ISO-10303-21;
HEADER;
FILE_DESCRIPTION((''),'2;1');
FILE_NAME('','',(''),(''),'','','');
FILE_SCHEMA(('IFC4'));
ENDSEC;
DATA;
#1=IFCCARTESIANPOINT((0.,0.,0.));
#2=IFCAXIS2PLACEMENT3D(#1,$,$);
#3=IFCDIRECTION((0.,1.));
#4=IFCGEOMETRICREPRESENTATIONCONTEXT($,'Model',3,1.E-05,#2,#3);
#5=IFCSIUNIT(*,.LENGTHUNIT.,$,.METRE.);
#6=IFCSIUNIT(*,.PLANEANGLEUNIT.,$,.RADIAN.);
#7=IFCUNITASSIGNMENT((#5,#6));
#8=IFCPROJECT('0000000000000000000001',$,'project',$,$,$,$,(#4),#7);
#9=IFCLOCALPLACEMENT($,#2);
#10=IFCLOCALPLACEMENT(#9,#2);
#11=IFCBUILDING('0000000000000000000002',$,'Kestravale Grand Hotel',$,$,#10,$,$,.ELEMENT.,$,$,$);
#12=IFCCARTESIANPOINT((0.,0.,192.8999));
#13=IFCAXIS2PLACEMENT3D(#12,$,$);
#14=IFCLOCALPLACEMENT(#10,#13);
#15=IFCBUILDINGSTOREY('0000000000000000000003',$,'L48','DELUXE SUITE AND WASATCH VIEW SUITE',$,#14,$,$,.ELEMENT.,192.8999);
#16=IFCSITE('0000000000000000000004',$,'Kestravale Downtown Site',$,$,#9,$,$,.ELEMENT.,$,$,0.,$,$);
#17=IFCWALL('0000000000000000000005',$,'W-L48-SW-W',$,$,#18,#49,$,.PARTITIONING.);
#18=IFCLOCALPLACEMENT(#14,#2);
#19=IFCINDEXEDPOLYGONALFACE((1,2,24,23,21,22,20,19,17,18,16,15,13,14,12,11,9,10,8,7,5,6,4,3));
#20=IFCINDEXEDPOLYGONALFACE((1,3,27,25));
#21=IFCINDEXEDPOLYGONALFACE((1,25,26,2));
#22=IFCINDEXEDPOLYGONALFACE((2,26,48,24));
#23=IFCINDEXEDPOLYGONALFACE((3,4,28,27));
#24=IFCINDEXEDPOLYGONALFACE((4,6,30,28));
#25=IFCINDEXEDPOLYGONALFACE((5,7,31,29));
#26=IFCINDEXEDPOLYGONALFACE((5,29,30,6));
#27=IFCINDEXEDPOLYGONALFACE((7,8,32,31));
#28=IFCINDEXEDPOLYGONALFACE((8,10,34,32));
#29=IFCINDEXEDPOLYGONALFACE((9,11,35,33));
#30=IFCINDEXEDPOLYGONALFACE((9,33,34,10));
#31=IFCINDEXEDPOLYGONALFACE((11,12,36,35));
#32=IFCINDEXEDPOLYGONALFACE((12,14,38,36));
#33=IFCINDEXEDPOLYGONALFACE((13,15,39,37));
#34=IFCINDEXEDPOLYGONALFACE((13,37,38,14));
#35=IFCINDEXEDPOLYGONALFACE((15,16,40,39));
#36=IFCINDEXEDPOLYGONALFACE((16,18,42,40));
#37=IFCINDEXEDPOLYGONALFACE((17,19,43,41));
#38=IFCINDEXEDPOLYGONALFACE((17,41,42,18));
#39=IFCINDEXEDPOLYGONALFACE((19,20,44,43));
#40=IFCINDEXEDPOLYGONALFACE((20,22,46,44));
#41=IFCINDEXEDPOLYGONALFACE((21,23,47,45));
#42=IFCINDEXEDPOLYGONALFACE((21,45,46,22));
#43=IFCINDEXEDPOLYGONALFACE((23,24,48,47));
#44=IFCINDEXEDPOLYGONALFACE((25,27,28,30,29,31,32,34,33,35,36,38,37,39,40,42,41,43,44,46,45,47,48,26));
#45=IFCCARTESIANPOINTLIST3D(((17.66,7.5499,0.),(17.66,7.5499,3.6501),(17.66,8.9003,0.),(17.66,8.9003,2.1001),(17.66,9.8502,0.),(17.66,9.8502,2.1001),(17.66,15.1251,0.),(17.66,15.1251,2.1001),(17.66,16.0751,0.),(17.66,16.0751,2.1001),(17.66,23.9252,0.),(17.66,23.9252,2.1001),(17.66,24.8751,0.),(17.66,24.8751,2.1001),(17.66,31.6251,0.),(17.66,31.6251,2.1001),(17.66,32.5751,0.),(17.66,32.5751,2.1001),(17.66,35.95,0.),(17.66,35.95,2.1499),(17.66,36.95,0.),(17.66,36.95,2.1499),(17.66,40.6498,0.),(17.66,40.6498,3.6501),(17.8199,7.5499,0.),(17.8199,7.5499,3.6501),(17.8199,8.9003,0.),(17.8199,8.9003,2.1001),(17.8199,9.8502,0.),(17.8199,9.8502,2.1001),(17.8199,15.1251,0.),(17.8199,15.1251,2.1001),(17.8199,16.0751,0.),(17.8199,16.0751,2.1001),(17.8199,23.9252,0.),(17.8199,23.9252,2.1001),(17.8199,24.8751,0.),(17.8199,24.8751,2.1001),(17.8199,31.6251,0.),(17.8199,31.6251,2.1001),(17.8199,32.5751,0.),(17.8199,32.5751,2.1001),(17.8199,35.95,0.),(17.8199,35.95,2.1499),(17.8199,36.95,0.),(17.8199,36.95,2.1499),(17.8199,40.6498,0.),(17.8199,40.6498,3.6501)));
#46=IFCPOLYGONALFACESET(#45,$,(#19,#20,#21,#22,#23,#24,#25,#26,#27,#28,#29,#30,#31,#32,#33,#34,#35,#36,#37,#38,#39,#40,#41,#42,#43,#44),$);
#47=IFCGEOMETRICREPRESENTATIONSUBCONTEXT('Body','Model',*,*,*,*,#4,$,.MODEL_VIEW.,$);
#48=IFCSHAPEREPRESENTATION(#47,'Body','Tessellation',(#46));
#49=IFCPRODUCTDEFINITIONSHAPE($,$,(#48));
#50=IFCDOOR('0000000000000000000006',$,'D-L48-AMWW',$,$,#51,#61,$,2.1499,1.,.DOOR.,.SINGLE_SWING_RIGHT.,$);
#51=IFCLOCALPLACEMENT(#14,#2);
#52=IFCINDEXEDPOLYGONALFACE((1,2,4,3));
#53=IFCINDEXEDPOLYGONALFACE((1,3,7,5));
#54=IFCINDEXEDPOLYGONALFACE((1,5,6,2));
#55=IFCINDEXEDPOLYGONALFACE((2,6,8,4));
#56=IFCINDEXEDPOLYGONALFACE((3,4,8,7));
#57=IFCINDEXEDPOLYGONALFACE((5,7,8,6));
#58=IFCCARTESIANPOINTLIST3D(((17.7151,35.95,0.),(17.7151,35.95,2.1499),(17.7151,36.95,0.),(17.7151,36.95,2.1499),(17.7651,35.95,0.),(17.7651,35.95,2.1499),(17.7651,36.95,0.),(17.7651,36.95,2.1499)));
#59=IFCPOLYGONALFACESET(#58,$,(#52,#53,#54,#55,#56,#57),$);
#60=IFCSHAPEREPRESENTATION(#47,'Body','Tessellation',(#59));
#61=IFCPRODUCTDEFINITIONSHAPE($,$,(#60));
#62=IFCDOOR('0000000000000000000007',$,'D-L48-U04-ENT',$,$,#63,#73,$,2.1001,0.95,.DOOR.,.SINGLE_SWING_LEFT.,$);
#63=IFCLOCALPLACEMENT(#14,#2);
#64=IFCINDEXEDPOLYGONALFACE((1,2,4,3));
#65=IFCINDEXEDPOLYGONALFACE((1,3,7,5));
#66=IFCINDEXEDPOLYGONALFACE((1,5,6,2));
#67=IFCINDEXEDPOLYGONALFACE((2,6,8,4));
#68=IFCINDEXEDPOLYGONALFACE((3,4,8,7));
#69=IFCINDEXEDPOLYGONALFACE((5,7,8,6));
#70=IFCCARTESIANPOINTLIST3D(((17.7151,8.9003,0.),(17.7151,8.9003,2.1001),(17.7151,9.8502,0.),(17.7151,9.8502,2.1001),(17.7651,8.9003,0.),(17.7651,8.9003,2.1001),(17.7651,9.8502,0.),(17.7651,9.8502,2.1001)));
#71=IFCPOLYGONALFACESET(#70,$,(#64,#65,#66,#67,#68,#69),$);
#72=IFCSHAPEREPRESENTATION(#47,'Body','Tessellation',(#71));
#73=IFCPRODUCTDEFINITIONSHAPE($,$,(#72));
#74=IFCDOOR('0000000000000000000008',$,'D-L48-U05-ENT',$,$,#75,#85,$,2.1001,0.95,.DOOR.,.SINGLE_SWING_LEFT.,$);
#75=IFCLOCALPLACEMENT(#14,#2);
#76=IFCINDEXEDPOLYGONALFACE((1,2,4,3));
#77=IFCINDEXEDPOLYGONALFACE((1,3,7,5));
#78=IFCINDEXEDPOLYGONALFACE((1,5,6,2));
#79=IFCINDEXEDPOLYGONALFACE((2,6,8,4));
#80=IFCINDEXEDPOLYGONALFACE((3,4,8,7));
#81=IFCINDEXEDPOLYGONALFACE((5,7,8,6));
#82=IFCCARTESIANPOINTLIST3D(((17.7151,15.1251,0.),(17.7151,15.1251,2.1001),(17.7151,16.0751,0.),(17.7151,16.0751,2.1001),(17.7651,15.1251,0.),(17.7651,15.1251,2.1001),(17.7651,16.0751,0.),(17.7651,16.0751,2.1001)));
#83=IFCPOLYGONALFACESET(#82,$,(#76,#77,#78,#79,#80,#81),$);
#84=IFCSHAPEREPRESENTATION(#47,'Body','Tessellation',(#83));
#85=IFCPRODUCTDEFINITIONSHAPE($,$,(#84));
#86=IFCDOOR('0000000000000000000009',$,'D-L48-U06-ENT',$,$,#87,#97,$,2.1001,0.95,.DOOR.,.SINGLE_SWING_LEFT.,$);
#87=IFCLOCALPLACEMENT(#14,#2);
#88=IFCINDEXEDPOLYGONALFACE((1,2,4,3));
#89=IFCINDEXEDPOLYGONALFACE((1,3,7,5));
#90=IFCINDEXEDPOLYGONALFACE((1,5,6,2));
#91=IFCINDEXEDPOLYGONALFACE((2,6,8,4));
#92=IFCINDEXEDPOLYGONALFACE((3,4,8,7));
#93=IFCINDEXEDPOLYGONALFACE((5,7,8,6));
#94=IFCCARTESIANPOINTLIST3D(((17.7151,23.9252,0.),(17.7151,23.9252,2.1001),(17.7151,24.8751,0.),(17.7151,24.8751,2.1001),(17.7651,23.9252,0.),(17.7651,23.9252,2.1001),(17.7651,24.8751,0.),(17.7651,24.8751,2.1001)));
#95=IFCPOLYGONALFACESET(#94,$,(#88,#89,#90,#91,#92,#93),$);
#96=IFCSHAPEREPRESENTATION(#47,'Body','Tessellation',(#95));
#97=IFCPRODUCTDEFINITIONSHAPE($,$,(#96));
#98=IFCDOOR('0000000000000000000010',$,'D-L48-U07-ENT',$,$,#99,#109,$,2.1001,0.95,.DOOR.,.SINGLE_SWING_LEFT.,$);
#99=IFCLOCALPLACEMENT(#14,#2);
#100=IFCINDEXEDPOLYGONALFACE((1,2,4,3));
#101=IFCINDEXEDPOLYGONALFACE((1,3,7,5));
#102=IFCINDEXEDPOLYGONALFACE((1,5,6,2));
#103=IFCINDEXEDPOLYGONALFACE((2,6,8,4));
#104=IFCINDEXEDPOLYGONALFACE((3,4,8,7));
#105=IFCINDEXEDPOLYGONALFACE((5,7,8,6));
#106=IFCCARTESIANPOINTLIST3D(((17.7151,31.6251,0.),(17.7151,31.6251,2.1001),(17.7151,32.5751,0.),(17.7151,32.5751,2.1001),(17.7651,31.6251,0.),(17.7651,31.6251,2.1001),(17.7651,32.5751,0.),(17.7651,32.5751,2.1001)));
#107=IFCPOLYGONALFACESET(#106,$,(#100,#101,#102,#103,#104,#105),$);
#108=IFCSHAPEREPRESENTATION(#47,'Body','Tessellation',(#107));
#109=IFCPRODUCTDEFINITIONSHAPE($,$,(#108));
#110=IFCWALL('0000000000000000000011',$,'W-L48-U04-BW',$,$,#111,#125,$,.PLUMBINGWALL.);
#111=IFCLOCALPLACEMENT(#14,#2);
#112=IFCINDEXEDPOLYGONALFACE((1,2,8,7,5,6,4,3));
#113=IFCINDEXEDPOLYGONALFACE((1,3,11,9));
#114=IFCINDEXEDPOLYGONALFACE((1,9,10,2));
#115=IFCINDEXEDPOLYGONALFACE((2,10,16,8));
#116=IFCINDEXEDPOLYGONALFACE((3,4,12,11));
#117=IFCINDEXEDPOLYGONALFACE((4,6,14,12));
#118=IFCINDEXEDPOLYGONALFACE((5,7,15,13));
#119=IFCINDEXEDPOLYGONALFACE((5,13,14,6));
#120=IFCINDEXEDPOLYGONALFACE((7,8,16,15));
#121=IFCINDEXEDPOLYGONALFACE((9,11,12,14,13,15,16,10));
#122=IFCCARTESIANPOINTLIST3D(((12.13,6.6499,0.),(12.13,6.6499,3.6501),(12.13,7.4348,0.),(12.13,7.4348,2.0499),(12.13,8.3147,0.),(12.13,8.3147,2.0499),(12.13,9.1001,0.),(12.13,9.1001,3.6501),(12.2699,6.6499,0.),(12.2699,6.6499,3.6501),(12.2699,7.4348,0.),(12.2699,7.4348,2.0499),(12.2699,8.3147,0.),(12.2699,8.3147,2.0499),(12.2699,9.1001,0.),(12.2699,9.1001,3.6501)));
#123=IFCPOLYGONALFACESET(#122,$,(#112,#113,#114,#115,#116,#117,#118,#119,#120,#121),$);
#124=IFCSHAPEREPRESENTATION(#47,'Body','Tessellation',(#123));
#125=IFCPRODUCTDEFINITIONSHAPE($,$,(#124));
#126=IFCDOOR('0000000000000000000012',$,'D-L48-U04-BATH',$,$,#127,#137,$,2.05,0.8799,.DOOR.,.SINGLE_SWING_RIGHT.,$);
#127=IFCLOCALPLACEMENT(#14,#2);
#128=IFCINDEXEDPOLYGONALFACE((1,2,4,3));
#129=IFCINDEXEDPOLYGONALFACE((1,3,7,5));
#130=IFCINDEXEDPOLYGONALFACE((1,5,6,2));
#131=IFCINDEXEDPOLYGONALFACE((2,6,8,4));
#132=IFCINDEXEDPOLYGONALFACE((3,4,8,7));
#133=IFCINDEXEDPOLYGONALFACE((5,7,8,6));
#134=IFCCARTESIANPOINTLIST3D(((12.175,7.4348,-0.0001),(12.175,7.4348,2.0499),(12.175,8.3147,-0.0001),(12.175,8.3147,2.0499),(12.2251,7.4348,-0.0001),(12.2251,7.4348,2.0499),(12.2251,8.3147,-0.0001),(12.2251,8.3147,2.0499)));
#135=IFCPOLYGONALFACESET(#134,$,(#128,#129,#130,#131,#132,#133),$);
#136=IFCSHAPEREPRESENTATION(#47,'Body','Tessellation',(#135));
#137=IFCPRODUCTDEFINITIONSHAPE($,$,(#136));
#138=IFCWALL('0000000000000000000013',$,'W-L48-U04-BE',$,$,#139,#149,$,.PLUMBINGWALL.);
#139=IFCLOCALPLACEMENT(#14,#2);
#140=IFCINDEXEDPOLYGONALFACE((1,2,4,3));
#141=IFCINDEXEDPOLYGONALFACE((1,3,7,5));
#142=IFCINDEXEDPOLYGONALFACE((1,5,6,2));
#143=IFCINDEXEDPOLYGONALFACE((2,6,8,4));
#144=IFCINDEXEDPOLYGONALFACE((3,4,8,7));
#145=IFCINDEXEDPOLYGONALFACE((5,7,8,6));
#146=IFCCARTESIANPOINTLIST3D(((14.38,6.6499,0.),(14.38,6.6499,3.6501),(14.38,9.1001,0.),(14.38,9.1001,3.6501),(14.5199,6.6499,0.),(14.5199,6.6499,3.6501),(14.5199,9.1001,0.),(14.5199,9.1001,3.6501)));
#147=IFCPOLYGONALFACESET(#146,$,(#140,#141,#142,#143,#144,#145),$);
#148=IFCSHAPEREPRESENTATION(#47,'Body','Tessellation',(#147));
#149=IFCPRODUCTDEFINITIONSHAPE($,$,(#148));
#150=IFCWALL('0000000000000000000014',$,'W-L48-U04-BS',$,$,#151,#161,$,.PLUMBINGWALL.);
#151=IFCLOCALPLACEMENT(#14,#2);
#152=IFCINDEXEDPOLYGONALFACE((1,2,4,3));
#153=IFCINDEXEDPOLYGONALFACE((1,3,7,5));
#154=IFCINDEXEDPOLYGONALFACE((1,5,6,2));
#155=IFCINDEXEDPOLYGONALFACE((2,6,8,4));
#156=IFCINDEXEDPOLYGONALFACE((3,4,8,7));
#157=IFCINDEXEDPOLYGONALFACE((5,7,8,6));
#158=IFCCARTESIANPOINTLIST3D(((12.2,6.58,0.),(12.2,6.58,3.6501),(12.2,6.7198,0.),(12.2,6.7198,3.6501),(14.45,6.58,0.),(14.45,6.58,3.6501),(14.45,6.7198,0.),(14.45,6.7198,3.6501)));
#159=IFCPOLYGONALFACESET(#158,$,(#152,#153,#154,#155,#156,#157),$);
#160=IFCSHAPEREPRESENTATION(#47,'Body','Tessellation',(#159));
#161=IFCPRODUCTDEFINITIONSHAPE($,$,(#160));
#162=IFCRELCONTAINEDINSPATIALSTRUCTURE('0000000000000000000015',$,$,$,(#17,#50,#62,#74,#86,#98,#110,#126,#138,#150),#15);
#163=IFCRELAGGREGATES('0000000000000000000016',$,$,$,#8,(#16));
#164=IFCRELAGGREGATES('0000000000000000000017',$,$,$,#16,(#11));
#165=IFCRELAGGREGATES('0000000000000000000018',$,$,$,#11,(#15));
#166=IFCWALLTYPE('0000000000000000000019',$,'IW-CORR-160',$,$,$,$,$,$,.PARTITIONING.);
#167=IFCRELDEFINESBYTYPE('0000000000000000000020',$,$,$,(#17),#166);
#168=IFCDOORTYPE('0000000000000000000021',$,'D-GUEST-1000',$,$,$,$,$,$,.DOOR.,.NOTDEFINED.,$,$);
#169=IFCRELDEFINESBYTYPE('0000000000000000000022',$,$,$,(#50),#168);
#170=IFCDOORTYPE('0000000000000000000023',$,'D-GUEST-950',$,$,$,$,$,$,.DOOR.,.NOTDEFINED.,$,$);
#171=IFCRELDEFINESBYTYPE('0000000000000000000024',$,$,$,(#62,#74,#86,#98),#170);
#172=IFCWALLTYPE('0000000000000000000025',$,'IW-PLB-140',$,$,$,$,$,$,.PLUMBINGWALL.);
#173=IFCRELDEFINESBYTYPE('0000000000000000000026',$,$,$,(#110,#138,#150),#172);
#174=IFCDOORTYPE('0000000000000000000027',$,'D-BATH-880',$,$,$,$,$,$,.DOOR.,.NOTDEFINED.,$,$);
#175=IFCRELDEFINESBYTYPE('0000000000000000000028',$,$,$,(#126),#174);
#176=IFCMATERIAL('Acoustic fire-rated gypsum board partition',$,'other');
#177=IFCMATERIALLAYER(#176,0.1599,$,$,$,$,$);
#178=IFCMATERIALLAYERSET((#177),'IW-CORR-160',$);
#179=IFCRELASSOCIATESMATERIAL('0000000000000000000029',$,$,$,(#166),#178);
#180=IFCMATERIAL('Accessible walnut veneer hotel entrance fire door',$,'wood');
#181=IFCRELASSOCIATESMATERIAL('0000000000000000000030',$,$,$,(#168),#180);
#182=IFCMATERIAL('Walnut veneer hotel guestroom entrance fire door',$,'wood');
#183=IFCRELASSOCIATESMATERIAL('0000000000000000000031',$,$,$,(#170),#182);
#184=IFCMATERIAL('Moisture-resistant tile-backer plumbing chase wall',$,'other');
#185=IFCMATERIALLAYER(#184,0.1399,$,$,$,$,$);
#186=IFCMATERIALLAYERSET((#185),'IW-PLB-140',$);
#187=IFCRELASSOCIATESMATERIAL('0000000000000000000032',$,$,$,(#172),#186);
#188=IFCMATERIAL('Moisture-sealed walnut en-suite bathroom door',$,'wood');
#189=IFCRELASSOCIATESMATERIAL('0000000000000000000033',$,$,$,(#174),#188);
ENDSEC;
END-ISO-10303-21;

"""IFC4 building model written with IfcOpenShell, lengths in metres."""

from ifc_helpers import new_model, si_unit, direction, frame, frame_2d, origin, place, context, subcontext, project, spatial, rectangle, extrude, material, layer, layer_set, type_object, element, fill, save


model = new_model("IFC4")

# Units and contexts
model_context = context("Model", 3, precision=1e-05, world=origin(), true_north=direction((0.0, 1.0)))
body_context = subcontext(model_context, "Body", "Model", "MODEL_VIEW")
ifc_project = project(units=[si_unit("LENGTHUNIT", "METRE"), si_unit("PLANEANGLEUNIT", "RADIAN")], contexts=[model_context])

# Site, building, storey
site_placement = place(None, origin())
site = spatial("IfcSite", under=ifc_project, at=site_placement, Name="Kestravale Downtown Site", CompositionType="ELEMENT", RefElevation=0.0)
building_placement = place(site_placement, origin())
building = spatial("IfcBuilding", under=site, at=building_placement, Name="Kestravale Grand Hotel", CompositionType="ELEMENT")
storey_placement = place(building_placement, frame((0.0, 0.0, 192.8999)))
storey = spatial("IfcBuildingStorey", under=building, at=storey_placement, Name="L48", Description="DELUXE SUITE AND WASATCH VIEW SUITE", CompositionType="ELEMENT", Elevation=192.8999)

# Wall, openings, doors
ifc_material_1 = material(Name="Acoustic fire-rated gypsum board partition", Category="other")
ifc_layer_1 = layer(ifc_material_1, 0.1599)
ifc_layer_set_1 = layer_set([ifc_layer_1], Name="IW-CORR-160")
wall_type_1 = type_object("IfcWallType", Name="IW-CORR-160", PredefinedType="PARTITIONING", material=ifc_layer_set_1)
wall_1_placement = place(storey_placement, frame((17.74, 7.55, 0.0), z_axis=(0.0, 0.0, 1.0), x_axis=(0.0, 1.0, 0.0)))
wall_1 = element("IfcWall", 1, at=wall_1_placement, inside=storey, type_object=wall_type_1, Name="W-L48-SW-W", PredefinedType="PARTITIONING", context=body_context, shape_type="SweptSolid", body=[
    extrude(rectangle(XDim=33.0999, YDim=0.1599, at=frame_2d((16.5498, 0.0))), origin(), (0.0, 0.0, 1.0), 3.6501),
])
opening_1_placement = place(wall_1_placement, frame((1.3501, 0.0, 0.0)))
opening_1 = element("IfcOpeningElement", 2, at=opening_1_placement, cuts=wall_1, PredefinedType="OPENING", context=body_context, shape_type="SweptSolid", body=[
    extrude(rectangle(XDim=0.95, YDim=2.1001, at=frame_2d((0.4751, 1.05))), frame((0.0, 0.0898, 0.0), z_axis=(0.0, -1.0, 0.0), x_axis=(1.0, 0.0, 0.0)), (0.0, 0.0, 1.0), 0.1799),
])
opening_2_placement = place(wall_1_placement, frame((7.575, 0.0, 0.0)))
opening_2 = element("IfcOpeningElement", 3, at=opening_2_placement, cuts=wall_1, PredefinedType="OPENING", context=body_context, shape_type="SweptSolid", body=[
    extrude(rectangle(XDim=0.95, YDim=2.1001, at=frame_2d((0.4751, 1.05))), frame((0.0, 0.0898, 0.0), z_axis=(0.0, -1.0, 0.0), x_axis=(1.0, 0.0, 0.0)), (0.0, 0.0, 1.0), 0.1799),
])
opening_3_placement = place(wall_1_placement, frame((16.375, 0.0, 0.0)))
opening_3 = element("IfcOpeningElement", 4, at=opening_3_placement, cuts=wall_1, PredefinedType="OPENING", context=body_context, shape_type="SweptSolid", body=[
    extrude(rectangle(XDim=0.95, YDim=2.1001, at=frame_2d((0.4751, 1.05))), frame((0.0, 0.0898, 0.0), z_axis=(0.0, -1.0, 0.0), x_axis=(1.0, 0.0, 0.0)), (0.0, 0.0, 1.0), 0.1799),
])
opening_4_placement = place(wall_1_placement, frame((24.075, 0.0, 0.0)))
opening_4 = element("IfcOpeningElement", 5, at=opening_4_placement, cuts=wall_1, PredefinedType="OPENING", context=body_context, shape_type="SweptSolid", body=[
    extrude(rectangle(XDim=0.95, YDim=2.1001, at=frame_2d((0.4751, 1.05))), frame((0.0, 0.0898, 0.0), z_axis=(0.0, -1.0, 0.0), x_axis=(1.0, 0.0, 0.0)), (0.0, 0.0, 1.0), 0.1799),
])
opening_5_placement = place(wall_1_placement, frame((28.3999, 0.0, 0.0)))
opening_5 = element("IfcOpeningElement", 6, at=opening_5_placement, cuts=wall_1, PredefinedType="OPENING", context=body_context, shape_type="SweptSolid", body=[
    extrude(rectangle(XDim=1.0, YDim=2.1499, at=frame_2d((0.5, 1.075))), frame((0.0, 0.0898, 0.0), z_axis=(0.0, -1.0, 0.0), x_axis=(1.0, 0.0, 0.0)), (0.0, 0.0, 1.0), 0.1799),
])
ifc_material_2 = material(Name="Accessible walnut veneer hotel entrance fire door", Category="wood")
door_type_1 = type_object("IfcDoorType", Name="D-GUEST-1000", OperationType="NOTDEFINED", PredefinedType="DOOR", material=ifc_material_2)
door_1_placement = place(opening_5_placement, origin())
door_1 = element("IfcDoor", 7, at=door_1_placement, inside=storey, type_object=door_type_1, Name="D-L48-AMWW", OperationType="SINGLE_SWING_RIGHT", OverallHeight=2.1499, OverallWidth=1.0, PredefinedType="DOOR", context=body_context, shape_type="SweptSolid", body=[
    extrude(rectangle(XDim=1.0, YDim=2.1499, at=frame_2d((0.5, 1.075))), frame((0.0, 0.0249, 0.0), z_axis=(0.0, -1.0, 0.0), x_axis=(1.0, 0.0, 0.0)), (0.0, 0.0, 1.0), 0.05),
])
fill(opening_5, door_1)
ifc_material_3 = material(Name="Walnut veneer hotel guestroom entrance fire door", Category="wood")
door_type_2 = type_object("IfcDoorType", Name="D-GUEST-950", OperationType="NOTDEFINED", PredefinedType="DOOR", material=ifc_material_3)
door_2_placement = place(opening_1_placement, origin())
door_2 = element("IfcDoor", 8, at=door_2_placement, inside=storey, type_object=door_type_2, Name="D-L48-U04-ENT", OperationType="SINGLE_SWING_LEFT", OverallHeight=2.1001, OverallWidth=0.95, PredefinedType="DOOR", context=body_context, shape_type="SweptSolid", body=[
    extrude(rectangle(XDim=0.95, YDim=2.1001, at=frame_2d((0.4751, 1.05))), frame((0.0, 0.0249, 0.0), z_axis=(0.0, -1.0, 0.0), x_axis=(1.0, 0.0, 0.0)), (0.0, 0.0, 1.0), 0.05),
])
fill(opening_1, door_2)
door_3_placement = place(opening_2_placement, origin())
door_3 = element("IfcDoor", 9, at=door_3_placement, inside=storey, type_object=door_type_2, Name="D-L48-U05-ENT", OperationType="SINGLE_SWING_LEFT", OverallHeight=2.1001, OverallWidth=0.95, PredefinedType="DOOR", context=body_context, shape_type="SweptSolid", body=[
    extrude(rectangle(XDim=0.95, YDim=2.1001, at=frame_2d((0.4751, 1.05))), frame((0.0, 0.0249, 0.0), z_axis=(0.0, -1.0, 0.0), x_axis=(1.0, 0.0, 0.0)), (0.0, 0.0, 1.0), 0.05),
])
fill(opening_2, door_3)
door_4_placement = place(opening_3_placement, origin())
door_4 = element("IfcDoor", 10, at=door_4_placement, inside=storey, type_object=door_type_2, Name="D-L48-U06-ENT", OperationType="SINGLE_SWING_LEFT", OverallHeight=2.1001, OverallWidth=0.95, PredefinedType="DOOR", context=body_context, shape_type="SweptSolid", body=[
    extrude(rectangle(XDim=0.95, YDim=2.1001, at=frame_2d((0.4751, 1.05))), frame((0.0, 0.0249, 0.0), z_axis=(0.0, -1.0, 0.0), x_axis=(1.0, 0.0, 0.0)), (0.0, 0.0, 1.0), 0.05),
])
fill(opening_3, door_4)
door_5_placement = place(opening_4_placement, origin())
door_5 = element("IfcDoor", 11, at=door_5_placement, inside=storey, type_object=door_type_2, Name="D-L48-U07-ENT", OperationType="SINGLE_SWING_LEFT", OverallHeight=2.1001, OverallWidth=0.95, PredefinedType="DOOR", context=body_context, shape_type="SweptSolid", body=[
    extrude(rectangle(XDim=0.95, YDim=2.1001, at=frame_2d((0.4751, 1.05))), frame((0.0, 0.0249, 0.0), z_axis=(0.0, -1.0, 0.0), x_axis=(1.0, 0.0, 0.0)), (0.0, 0.0, 1.0), 0.05),
])
fill(opening_4, door_5)

# Wall, opening, door
ifc_material_4 = material(Name="Moisture-resistant tile-backer plumbing chase wall", Category="other")
ifc_layer_2 = layer(ifc_material_4, 0.1399)
ifc_layer_set_2 = layer_set([ifc_layer_2], Name="IW-PLB-140")
wall_type_2 = type_object("IfcWallType", Name="IW-PLB-140", PredefinedType="PLUMBINGWALL", material=ifc_layer_set_2)
wall_2_placement = place(storey_placement, frame((12.2, 6.6499, 0.0), z_axis=(0.0, 0.0, 1.0), x_axis=(0.0, 1.0, 0.0)))
wall_2 = element("IfcWall", 12, at=wall_2_placement, inside=storey, type_object=wall_type_2, Name="W-L48-U04-BW", PredefinedType="PLUMBINGWALL", context=body_context, shape_type="SweptSolid", body=[
    extrude(rectangle(XDim=2.4502, YDim=0.1399, at=frame_2d((1.2251, 0.0))), origin(), (0.0, 0.0, 1.0), 3.6501),
])
opening_6_placement = place(wall_2_placement, frame((0.7849, 0.0, 0.0)))
opening_6 = element("IfcOpeningElement", 13, at=opening_6_placement, cuts=wall_2, PredefinedType="OPENING", context=body_context, shape_type="SweptSolid", body=[
    extrude(rectangle(XDim=0.8799, YDim=2.05, at=frame_2d((0.4399, 1.0249))), frame((0.0, 0.0798, 0.0), z_axis=(0.0, -1.0, 0.0), x_axis=(1.0, 0.0, 0.0)), (0.0, 0.0, 1.0), 0.1599),
])
ifc_material_5 = material(Name="Moisture-sealed walnut en-suite bathroom door", Category="wood")
door_type_3 = type_object("IfcDoorType", Name="D-BATH-880", OperationType="NOTDEFINED", PredefinedType="DOOR", material=ifc_material_5)
door_6_placement = place(opening_6_placement, origin())
door_6 = element("IfcDoor", 14, at=door_6_placement, inside=storey, type_object=door_type_3, Name="D-L48-U04-BATH", OperationType="SINGLE_SWING_RIGHT", OverallHeight=2.05, OverallWidth=0.8799, PredefinedType="DOOR", context=body_context, shape_type="SweptSolid", body=[
    extrude(rectangle(XDim=0.8799, YDim=2.05, at=frame_2d((0.4399, 1.0249))), frame((0.0, 0.0249, 0.0), z_axis=(0.0, -1.0, 0.0), x_axis=(1.0, 0.0, 0.0)), (0.0, 0.0, 1.0), 0.05),
])
fill(opening_6, door_6)

# Walls
wall_3_placement = place(storey_placement, frame((14.45, 6.6499, 0.0), z_axis=(0.0, 0.0, 1.0), x_axis=(0.0, 1.0, 0.0)))
element("IfcWall", 15, at=wall_3_placement, inside=storey, type_object=wall_type_2, Name="W-L48-U04-BE", PredefinedType="PLUMBINGWALL", context=body_context, shape_type="SweptSolid", body=[
    extrude(rectangle(XDim=2.4502, YDim=0.1399, at=frame_2d((1.2251, 0.0))), origin(), (0.0, 0.0, 1.0), 3.6501),
])
for number, where, z_axis, x_axis, name in (
    (16, (12.2, 6.6499, 0.0), (0.0, 0.0, 1.0), (1.0, 0.0, 0.0), "W-L48-U04-BS"),
):
    element("IfcWall", number, at=place(storey_placement, frame(where, z_axis=z_axis, x_axis=x_axis)), inside=storey, type_object=wall_type_2, Name=name, PredefinedType="PLUMBINGWALL", context=body_context, shape_type="SweptSolid", body=[
        extrude(rectangle(XDim=2.25, YDim=0.1399, at=frame_2d((1.125, 0.0))), origin(), (0.0, 0.0, 1.0), 3.6501),
    ])

save(model, "model.ifc")
